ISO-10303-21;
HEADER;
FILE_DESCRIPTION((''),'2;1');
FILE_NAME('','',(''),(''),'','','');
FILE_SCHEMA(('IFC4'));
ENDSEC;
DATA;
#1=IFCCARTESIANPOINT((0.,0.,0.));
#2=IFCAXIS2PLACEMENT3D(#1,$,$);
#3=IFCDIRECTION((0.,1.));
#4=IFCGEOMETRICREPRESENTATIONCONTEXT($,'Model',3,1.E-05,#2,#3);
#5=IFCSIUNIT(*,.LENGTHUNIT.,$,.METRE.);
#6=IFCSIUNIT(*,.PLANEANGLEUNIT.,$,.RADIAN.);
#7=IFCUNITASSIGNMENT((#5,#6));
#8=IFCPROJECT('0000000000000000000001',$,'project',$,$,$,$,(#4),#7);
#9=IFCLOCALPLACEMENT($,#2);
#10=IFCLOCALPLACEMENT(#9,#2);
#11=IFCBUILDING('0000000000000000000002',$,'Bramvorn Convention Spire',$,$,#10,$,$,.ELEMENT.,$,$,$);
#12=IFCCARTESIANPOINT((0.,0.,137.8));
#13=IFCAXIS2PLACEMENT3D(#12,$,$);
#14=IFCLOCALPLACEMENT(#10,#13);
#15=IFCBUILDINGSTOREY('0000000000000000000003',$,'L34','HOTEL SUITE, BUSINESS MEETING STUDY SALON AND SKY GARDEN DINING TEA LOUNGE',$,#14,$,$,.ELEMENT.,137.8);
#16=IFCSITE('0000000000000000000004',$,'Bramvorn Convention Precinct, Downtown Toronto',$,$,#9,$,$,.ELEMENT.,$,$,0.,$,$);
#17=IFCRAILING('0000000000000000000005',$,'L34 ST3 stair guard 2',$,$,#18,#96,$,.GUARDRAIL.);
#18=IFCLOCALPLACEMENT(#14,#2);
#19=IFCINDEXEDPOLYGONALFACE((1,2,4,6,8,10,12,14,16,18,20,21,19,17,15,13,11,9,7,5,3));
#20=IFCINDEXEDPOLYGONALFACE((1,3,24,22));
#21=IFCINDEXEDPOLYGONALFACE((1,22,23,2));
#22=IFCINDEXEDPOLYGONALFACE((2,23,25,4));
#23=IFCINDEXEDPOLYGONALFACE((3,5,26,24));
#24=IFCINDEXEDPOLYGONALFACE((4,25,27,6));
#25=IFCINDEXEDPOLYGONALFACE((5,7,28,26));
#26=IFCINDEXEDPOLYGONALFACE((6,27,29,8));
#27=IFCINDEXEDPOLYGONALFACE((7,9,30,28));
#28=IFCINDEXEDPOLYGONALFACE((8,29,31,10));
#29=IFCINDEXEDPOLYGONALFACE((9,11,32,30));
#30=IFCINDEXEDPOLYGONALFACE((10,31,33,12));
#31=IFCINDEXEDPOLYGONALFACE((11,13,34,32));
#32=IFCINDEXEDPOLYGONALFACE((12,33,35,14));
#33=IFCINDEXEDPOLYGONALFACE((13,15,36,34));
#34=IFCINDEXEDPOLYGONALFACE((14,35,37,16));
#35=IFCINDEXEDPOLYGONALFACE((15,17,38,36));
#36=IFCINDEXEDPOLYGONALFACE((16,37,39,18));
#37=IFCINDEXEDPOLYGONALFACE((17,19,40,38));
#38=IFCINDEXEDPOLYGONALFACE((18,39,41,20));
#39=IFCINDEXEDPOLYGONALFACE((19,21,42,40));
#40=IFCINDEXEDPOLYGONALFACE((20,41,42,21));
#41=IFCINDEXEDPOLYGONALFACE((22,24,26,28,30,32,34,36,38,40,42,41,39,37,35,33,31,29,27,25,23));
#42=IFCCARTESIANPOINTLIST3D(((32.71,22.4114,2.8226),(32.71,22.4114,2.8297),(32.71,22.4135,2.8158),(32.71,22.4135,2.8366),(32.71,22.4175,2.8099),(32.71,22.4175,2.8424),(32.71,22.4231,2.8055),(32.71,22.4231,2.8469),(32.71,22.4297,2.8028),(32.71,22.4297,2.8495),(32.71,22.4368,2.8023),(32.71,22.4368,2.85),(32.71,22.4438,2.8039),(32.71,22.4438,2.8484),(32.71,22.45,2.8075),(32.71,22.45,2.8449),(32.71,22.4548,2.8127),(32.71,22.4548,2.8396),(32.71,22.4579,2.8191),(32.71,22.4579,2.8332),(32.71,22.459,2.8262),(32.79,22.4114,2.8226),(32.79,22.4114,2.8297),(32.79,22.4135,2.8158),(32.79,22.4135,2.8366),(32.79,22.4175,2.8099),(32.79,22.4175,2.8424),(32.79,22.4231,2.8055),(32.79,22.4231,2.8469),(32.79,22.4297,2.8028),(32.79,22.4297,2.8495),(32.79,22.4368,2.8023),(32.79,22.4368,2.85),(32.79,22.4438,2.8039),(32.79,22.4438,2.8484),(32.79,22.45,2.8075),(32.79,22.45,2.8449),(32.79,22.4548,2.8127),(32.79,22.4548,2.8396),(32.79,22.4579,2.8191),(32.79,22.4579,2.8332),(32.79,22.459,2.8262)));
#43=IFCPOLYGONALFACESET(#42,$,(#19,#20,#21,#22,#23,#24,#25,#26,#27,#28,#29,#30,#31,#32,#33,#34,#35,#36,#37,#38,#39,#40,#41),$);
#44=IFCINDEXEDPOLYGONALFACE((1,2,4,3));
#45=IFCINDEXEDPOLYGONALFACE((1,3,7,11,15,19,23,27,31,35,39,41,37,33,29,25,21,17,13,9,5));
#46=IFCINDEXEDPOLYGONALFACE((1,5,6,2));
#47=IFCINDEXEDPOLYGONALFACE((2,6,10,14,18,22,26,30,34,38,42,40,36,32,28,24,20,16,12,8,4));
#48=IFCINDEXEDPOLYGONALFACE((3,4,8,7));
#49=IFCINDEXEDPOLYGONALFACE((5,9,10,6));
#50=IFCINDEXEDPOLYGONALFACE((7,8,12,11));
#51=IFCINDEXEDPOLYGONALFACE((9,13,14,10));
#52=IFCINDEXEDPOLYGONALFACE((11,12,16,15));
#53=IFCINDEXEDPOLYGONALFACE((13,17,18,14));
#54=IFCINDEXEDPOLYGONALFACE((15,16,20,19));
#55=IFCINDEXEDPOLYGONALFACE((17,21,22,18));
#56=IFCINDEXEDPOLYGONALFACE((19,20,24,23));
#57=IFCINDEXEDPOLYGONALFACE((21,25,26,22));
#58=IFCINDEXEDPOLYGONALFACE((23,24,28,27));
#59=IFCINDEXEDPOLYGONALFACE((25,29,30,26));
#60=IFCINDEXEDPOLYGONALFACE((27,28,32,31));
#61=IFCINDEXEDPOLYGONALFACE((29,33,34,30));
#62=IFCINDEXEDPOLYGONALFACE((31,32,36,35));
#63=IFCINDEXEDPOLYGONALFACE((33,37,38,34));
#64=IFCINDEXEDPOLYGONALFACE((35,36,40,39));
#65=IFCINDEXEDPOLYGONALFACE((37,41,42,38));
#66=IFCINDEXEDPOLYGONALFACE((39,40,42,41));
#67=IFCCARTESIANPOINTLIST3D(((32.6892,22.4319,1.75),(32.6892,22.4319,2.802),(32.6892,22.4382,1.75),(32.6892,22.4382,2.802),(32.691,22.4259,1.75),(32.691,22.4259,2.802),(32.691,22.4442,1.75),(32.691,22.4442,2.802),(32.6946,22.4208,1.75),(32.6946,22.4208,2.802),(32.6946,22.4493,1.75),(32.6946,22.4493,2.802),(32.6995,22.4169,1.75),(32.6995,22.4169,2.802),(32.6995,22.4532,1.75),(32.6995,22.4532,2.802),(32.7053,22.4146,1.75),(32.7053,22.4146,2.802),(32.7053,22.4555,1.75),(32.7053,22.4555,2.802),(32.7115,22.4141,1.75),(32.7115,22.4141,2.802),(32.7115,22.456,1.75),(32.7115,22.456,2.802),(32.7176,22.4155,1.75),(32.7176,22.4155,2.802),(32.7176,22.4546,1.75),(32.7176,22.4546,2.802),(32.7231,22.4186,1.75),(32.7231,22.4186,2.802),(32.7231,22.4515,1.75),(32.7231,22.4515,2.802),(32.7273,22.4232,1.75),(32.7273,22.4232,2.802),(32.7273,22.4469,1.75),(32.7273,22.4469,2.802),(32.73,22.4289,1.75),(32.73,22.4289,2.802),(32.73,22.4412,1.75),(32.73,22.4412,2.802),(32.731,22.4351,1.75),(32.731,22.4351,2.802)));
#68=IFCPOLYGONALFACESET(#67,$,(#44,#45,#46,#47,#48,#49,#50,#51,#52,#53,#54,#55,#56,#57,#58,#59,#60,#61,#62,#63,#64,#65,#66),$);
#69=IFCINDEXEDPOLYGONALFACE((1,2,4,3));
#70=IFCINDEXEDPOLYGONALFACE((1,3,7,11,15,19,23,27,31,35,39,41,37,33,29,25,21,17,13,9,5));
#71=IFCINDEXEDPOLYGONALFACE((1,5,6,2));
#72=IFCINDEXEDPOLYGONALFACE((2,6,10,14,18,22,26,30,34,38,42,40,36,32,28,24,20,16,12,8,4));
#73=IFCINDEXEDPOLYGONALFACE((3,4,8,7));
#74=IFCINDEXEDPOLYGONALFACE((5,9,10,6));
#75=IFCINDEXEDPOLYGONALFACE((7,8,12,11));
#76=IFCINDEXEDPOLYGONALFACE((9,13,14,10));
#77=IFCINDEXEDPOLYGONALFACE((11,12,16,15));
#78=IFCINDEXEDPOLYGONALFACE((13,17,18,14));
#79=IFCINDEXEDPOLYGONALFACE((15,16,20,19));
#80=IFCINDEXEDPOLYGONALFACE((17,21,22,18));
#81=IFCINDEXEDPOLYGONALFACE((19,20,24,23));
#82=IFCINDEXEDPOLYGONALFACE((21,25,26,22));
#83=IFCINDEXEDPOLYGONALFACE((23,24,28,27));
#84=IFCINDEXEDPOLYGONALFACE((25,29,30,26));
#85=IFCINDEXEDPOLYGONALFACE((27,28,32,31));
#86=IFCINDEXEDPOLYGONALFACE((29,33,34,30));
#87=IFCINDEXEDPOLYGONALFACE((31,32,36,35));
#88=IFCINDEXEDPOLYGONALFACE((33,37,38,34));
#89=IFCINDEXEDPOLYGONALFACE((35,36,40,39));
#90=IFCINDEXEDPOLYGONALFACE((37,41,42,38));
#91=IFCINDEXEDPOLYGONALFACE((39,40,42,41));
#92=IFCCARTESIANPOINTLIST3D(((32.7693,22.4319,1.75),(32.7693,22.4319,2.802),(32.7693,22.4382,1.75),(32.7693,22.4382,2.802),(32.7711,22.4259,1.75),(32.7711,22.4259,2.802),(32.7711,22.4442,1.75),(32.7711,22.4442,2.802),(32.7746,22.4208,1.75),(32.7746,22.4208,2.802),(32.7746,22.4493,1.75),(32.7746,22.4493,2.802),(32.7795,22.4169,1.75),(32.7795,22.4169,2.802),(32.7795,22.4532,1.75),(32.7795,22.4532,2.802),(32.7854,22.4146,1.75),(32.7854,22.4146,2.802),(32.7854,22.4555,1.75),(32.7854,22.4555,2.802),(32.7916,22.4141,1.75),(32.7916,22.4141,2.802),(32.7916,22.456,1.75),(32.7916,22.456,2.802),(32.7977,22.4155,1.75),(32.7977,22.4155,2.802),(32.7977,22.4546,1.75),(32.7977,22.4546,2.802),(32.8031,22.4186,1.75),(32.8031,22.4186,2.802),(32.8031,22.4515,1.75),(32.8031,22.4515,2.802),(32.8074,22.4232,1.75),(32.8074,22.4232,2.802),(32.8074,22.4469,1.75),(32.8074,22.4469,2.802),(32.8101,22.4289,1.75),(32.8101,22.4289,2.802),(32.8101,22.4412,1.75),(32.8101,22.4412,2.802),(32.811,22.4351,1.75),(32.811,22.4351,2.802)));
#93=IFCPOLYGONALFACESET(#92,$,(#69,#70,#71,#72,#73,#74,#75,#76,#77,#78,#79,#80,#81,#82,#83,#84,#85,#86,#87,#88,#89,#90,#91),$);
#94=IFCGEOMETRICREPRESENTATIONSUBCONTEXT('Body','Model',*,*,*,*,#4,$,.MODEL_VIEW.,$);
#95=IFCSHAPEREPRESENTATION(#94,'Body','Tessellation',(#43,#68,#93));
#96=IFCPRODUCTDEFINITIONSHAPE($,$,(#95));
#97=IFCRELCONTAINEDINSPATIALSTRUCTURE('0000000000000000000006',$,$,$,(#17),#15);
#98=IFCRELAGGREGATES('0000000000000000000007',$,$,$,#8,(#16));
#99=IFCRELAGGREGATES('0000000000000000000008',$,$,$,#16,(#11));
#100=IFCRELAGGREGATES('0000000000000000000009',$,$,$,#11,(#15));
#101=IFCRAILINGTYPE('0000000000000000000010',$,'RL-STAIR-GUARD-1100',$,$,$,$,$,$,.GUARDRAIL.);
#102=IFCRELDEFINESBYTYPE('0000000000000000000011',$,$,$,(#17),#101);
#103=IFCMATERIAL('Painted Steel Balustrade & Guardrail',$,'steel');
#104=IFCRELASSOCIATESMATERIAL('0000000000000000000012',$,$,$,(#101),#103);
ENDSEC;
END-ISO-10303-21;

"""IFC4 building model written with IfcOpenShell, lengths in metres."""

from ifc_helpers import new_model, si_unit, direction, frame, origin, origin_2d, place, context, subcontext, project, spatial, circle, extrude, material, type_object, element, save


model = new_model("IFC4")

# Units and contexts
model_context = context("Model", 3, precision=1e-05, world=origin(), true_north=direction((0.0, 1.0)))
body_context = subcontext(model_context, "Body", "Model", "MODEL_VIEW")
ifc_project = project(units=[si_unit("LENGTHUNIT", "METRE"), si_unit("PLANEANGLEUNIT", "RADIAN")], contexts=[model_context])

# Site, building, storey
site_placement = place(None, origin())
site = spatial("IfcSite", under=ifc_project, at=site_placement, Name="Bramvorn Convention Precinct, Downtown Toronto", CompositionType="ELEMENT", RefElevation=0.0)
building_placement = place(site_placement, origin())
building = spatial("IfcBuilding", under=site, at=building_placement, Name="Bramvorn Convention Spire", CompositionType="ELEMENT")
storey_placement = place(building_placement, frame((0.0, 0.0, 137.8)))
storey = spatial("IfcBuildingStorey", under=building, at=storey_placement, Name="L34", Description="HOTEL SUITE, BUSINESS MEETING STUDY SALON AND SKY GARDEN DINING TEA LOUNGE", CompositionType="ELEMENT", Elevation=137.8)

# Railing
ifc_material_1 = material(Name="Painted Steel Balustrade & Guardrail", Category="steel")
railing_type_1 = type_object("IfcRailingType", Name="RL-STAIR-GUARD-1100", PredefinedType="GUARDRAIL", material=ifc_material_1)
railing_1_placement = place(storey_placement, frame((32.71, 22.4351, 1.75)))
element("IfcRailing", 1, at=railing_1_placement, inside=storey, type_object=railing_type_1, Name="L34 ST3 stair guard 2", PredefinedType="GUARDRAIL", context=body_context, shape_type="SweptSolid", body=[
    extrude(circle(Radius=0.0239, at=origin_2d()), frame((0.0, 0.0, 1.0762), z_axis=(1.0, 0.0, 0.0), x_axis=(0.0, 1.0, 0.0)), (0.0, 0.0, 1.0), 0.0801),
    extrude(circle(Radius=0.021, at=origin_2d()), origin(), (0.0, 0.0, 1.0), 1.052),
    extrude(circle(Radius=0.021, at=origin_2d()), frame((0.0801, 0.0, 0.0)), (0.0, 0.0, 1.0), 1.052),
])

save(model, "model.ifc")
